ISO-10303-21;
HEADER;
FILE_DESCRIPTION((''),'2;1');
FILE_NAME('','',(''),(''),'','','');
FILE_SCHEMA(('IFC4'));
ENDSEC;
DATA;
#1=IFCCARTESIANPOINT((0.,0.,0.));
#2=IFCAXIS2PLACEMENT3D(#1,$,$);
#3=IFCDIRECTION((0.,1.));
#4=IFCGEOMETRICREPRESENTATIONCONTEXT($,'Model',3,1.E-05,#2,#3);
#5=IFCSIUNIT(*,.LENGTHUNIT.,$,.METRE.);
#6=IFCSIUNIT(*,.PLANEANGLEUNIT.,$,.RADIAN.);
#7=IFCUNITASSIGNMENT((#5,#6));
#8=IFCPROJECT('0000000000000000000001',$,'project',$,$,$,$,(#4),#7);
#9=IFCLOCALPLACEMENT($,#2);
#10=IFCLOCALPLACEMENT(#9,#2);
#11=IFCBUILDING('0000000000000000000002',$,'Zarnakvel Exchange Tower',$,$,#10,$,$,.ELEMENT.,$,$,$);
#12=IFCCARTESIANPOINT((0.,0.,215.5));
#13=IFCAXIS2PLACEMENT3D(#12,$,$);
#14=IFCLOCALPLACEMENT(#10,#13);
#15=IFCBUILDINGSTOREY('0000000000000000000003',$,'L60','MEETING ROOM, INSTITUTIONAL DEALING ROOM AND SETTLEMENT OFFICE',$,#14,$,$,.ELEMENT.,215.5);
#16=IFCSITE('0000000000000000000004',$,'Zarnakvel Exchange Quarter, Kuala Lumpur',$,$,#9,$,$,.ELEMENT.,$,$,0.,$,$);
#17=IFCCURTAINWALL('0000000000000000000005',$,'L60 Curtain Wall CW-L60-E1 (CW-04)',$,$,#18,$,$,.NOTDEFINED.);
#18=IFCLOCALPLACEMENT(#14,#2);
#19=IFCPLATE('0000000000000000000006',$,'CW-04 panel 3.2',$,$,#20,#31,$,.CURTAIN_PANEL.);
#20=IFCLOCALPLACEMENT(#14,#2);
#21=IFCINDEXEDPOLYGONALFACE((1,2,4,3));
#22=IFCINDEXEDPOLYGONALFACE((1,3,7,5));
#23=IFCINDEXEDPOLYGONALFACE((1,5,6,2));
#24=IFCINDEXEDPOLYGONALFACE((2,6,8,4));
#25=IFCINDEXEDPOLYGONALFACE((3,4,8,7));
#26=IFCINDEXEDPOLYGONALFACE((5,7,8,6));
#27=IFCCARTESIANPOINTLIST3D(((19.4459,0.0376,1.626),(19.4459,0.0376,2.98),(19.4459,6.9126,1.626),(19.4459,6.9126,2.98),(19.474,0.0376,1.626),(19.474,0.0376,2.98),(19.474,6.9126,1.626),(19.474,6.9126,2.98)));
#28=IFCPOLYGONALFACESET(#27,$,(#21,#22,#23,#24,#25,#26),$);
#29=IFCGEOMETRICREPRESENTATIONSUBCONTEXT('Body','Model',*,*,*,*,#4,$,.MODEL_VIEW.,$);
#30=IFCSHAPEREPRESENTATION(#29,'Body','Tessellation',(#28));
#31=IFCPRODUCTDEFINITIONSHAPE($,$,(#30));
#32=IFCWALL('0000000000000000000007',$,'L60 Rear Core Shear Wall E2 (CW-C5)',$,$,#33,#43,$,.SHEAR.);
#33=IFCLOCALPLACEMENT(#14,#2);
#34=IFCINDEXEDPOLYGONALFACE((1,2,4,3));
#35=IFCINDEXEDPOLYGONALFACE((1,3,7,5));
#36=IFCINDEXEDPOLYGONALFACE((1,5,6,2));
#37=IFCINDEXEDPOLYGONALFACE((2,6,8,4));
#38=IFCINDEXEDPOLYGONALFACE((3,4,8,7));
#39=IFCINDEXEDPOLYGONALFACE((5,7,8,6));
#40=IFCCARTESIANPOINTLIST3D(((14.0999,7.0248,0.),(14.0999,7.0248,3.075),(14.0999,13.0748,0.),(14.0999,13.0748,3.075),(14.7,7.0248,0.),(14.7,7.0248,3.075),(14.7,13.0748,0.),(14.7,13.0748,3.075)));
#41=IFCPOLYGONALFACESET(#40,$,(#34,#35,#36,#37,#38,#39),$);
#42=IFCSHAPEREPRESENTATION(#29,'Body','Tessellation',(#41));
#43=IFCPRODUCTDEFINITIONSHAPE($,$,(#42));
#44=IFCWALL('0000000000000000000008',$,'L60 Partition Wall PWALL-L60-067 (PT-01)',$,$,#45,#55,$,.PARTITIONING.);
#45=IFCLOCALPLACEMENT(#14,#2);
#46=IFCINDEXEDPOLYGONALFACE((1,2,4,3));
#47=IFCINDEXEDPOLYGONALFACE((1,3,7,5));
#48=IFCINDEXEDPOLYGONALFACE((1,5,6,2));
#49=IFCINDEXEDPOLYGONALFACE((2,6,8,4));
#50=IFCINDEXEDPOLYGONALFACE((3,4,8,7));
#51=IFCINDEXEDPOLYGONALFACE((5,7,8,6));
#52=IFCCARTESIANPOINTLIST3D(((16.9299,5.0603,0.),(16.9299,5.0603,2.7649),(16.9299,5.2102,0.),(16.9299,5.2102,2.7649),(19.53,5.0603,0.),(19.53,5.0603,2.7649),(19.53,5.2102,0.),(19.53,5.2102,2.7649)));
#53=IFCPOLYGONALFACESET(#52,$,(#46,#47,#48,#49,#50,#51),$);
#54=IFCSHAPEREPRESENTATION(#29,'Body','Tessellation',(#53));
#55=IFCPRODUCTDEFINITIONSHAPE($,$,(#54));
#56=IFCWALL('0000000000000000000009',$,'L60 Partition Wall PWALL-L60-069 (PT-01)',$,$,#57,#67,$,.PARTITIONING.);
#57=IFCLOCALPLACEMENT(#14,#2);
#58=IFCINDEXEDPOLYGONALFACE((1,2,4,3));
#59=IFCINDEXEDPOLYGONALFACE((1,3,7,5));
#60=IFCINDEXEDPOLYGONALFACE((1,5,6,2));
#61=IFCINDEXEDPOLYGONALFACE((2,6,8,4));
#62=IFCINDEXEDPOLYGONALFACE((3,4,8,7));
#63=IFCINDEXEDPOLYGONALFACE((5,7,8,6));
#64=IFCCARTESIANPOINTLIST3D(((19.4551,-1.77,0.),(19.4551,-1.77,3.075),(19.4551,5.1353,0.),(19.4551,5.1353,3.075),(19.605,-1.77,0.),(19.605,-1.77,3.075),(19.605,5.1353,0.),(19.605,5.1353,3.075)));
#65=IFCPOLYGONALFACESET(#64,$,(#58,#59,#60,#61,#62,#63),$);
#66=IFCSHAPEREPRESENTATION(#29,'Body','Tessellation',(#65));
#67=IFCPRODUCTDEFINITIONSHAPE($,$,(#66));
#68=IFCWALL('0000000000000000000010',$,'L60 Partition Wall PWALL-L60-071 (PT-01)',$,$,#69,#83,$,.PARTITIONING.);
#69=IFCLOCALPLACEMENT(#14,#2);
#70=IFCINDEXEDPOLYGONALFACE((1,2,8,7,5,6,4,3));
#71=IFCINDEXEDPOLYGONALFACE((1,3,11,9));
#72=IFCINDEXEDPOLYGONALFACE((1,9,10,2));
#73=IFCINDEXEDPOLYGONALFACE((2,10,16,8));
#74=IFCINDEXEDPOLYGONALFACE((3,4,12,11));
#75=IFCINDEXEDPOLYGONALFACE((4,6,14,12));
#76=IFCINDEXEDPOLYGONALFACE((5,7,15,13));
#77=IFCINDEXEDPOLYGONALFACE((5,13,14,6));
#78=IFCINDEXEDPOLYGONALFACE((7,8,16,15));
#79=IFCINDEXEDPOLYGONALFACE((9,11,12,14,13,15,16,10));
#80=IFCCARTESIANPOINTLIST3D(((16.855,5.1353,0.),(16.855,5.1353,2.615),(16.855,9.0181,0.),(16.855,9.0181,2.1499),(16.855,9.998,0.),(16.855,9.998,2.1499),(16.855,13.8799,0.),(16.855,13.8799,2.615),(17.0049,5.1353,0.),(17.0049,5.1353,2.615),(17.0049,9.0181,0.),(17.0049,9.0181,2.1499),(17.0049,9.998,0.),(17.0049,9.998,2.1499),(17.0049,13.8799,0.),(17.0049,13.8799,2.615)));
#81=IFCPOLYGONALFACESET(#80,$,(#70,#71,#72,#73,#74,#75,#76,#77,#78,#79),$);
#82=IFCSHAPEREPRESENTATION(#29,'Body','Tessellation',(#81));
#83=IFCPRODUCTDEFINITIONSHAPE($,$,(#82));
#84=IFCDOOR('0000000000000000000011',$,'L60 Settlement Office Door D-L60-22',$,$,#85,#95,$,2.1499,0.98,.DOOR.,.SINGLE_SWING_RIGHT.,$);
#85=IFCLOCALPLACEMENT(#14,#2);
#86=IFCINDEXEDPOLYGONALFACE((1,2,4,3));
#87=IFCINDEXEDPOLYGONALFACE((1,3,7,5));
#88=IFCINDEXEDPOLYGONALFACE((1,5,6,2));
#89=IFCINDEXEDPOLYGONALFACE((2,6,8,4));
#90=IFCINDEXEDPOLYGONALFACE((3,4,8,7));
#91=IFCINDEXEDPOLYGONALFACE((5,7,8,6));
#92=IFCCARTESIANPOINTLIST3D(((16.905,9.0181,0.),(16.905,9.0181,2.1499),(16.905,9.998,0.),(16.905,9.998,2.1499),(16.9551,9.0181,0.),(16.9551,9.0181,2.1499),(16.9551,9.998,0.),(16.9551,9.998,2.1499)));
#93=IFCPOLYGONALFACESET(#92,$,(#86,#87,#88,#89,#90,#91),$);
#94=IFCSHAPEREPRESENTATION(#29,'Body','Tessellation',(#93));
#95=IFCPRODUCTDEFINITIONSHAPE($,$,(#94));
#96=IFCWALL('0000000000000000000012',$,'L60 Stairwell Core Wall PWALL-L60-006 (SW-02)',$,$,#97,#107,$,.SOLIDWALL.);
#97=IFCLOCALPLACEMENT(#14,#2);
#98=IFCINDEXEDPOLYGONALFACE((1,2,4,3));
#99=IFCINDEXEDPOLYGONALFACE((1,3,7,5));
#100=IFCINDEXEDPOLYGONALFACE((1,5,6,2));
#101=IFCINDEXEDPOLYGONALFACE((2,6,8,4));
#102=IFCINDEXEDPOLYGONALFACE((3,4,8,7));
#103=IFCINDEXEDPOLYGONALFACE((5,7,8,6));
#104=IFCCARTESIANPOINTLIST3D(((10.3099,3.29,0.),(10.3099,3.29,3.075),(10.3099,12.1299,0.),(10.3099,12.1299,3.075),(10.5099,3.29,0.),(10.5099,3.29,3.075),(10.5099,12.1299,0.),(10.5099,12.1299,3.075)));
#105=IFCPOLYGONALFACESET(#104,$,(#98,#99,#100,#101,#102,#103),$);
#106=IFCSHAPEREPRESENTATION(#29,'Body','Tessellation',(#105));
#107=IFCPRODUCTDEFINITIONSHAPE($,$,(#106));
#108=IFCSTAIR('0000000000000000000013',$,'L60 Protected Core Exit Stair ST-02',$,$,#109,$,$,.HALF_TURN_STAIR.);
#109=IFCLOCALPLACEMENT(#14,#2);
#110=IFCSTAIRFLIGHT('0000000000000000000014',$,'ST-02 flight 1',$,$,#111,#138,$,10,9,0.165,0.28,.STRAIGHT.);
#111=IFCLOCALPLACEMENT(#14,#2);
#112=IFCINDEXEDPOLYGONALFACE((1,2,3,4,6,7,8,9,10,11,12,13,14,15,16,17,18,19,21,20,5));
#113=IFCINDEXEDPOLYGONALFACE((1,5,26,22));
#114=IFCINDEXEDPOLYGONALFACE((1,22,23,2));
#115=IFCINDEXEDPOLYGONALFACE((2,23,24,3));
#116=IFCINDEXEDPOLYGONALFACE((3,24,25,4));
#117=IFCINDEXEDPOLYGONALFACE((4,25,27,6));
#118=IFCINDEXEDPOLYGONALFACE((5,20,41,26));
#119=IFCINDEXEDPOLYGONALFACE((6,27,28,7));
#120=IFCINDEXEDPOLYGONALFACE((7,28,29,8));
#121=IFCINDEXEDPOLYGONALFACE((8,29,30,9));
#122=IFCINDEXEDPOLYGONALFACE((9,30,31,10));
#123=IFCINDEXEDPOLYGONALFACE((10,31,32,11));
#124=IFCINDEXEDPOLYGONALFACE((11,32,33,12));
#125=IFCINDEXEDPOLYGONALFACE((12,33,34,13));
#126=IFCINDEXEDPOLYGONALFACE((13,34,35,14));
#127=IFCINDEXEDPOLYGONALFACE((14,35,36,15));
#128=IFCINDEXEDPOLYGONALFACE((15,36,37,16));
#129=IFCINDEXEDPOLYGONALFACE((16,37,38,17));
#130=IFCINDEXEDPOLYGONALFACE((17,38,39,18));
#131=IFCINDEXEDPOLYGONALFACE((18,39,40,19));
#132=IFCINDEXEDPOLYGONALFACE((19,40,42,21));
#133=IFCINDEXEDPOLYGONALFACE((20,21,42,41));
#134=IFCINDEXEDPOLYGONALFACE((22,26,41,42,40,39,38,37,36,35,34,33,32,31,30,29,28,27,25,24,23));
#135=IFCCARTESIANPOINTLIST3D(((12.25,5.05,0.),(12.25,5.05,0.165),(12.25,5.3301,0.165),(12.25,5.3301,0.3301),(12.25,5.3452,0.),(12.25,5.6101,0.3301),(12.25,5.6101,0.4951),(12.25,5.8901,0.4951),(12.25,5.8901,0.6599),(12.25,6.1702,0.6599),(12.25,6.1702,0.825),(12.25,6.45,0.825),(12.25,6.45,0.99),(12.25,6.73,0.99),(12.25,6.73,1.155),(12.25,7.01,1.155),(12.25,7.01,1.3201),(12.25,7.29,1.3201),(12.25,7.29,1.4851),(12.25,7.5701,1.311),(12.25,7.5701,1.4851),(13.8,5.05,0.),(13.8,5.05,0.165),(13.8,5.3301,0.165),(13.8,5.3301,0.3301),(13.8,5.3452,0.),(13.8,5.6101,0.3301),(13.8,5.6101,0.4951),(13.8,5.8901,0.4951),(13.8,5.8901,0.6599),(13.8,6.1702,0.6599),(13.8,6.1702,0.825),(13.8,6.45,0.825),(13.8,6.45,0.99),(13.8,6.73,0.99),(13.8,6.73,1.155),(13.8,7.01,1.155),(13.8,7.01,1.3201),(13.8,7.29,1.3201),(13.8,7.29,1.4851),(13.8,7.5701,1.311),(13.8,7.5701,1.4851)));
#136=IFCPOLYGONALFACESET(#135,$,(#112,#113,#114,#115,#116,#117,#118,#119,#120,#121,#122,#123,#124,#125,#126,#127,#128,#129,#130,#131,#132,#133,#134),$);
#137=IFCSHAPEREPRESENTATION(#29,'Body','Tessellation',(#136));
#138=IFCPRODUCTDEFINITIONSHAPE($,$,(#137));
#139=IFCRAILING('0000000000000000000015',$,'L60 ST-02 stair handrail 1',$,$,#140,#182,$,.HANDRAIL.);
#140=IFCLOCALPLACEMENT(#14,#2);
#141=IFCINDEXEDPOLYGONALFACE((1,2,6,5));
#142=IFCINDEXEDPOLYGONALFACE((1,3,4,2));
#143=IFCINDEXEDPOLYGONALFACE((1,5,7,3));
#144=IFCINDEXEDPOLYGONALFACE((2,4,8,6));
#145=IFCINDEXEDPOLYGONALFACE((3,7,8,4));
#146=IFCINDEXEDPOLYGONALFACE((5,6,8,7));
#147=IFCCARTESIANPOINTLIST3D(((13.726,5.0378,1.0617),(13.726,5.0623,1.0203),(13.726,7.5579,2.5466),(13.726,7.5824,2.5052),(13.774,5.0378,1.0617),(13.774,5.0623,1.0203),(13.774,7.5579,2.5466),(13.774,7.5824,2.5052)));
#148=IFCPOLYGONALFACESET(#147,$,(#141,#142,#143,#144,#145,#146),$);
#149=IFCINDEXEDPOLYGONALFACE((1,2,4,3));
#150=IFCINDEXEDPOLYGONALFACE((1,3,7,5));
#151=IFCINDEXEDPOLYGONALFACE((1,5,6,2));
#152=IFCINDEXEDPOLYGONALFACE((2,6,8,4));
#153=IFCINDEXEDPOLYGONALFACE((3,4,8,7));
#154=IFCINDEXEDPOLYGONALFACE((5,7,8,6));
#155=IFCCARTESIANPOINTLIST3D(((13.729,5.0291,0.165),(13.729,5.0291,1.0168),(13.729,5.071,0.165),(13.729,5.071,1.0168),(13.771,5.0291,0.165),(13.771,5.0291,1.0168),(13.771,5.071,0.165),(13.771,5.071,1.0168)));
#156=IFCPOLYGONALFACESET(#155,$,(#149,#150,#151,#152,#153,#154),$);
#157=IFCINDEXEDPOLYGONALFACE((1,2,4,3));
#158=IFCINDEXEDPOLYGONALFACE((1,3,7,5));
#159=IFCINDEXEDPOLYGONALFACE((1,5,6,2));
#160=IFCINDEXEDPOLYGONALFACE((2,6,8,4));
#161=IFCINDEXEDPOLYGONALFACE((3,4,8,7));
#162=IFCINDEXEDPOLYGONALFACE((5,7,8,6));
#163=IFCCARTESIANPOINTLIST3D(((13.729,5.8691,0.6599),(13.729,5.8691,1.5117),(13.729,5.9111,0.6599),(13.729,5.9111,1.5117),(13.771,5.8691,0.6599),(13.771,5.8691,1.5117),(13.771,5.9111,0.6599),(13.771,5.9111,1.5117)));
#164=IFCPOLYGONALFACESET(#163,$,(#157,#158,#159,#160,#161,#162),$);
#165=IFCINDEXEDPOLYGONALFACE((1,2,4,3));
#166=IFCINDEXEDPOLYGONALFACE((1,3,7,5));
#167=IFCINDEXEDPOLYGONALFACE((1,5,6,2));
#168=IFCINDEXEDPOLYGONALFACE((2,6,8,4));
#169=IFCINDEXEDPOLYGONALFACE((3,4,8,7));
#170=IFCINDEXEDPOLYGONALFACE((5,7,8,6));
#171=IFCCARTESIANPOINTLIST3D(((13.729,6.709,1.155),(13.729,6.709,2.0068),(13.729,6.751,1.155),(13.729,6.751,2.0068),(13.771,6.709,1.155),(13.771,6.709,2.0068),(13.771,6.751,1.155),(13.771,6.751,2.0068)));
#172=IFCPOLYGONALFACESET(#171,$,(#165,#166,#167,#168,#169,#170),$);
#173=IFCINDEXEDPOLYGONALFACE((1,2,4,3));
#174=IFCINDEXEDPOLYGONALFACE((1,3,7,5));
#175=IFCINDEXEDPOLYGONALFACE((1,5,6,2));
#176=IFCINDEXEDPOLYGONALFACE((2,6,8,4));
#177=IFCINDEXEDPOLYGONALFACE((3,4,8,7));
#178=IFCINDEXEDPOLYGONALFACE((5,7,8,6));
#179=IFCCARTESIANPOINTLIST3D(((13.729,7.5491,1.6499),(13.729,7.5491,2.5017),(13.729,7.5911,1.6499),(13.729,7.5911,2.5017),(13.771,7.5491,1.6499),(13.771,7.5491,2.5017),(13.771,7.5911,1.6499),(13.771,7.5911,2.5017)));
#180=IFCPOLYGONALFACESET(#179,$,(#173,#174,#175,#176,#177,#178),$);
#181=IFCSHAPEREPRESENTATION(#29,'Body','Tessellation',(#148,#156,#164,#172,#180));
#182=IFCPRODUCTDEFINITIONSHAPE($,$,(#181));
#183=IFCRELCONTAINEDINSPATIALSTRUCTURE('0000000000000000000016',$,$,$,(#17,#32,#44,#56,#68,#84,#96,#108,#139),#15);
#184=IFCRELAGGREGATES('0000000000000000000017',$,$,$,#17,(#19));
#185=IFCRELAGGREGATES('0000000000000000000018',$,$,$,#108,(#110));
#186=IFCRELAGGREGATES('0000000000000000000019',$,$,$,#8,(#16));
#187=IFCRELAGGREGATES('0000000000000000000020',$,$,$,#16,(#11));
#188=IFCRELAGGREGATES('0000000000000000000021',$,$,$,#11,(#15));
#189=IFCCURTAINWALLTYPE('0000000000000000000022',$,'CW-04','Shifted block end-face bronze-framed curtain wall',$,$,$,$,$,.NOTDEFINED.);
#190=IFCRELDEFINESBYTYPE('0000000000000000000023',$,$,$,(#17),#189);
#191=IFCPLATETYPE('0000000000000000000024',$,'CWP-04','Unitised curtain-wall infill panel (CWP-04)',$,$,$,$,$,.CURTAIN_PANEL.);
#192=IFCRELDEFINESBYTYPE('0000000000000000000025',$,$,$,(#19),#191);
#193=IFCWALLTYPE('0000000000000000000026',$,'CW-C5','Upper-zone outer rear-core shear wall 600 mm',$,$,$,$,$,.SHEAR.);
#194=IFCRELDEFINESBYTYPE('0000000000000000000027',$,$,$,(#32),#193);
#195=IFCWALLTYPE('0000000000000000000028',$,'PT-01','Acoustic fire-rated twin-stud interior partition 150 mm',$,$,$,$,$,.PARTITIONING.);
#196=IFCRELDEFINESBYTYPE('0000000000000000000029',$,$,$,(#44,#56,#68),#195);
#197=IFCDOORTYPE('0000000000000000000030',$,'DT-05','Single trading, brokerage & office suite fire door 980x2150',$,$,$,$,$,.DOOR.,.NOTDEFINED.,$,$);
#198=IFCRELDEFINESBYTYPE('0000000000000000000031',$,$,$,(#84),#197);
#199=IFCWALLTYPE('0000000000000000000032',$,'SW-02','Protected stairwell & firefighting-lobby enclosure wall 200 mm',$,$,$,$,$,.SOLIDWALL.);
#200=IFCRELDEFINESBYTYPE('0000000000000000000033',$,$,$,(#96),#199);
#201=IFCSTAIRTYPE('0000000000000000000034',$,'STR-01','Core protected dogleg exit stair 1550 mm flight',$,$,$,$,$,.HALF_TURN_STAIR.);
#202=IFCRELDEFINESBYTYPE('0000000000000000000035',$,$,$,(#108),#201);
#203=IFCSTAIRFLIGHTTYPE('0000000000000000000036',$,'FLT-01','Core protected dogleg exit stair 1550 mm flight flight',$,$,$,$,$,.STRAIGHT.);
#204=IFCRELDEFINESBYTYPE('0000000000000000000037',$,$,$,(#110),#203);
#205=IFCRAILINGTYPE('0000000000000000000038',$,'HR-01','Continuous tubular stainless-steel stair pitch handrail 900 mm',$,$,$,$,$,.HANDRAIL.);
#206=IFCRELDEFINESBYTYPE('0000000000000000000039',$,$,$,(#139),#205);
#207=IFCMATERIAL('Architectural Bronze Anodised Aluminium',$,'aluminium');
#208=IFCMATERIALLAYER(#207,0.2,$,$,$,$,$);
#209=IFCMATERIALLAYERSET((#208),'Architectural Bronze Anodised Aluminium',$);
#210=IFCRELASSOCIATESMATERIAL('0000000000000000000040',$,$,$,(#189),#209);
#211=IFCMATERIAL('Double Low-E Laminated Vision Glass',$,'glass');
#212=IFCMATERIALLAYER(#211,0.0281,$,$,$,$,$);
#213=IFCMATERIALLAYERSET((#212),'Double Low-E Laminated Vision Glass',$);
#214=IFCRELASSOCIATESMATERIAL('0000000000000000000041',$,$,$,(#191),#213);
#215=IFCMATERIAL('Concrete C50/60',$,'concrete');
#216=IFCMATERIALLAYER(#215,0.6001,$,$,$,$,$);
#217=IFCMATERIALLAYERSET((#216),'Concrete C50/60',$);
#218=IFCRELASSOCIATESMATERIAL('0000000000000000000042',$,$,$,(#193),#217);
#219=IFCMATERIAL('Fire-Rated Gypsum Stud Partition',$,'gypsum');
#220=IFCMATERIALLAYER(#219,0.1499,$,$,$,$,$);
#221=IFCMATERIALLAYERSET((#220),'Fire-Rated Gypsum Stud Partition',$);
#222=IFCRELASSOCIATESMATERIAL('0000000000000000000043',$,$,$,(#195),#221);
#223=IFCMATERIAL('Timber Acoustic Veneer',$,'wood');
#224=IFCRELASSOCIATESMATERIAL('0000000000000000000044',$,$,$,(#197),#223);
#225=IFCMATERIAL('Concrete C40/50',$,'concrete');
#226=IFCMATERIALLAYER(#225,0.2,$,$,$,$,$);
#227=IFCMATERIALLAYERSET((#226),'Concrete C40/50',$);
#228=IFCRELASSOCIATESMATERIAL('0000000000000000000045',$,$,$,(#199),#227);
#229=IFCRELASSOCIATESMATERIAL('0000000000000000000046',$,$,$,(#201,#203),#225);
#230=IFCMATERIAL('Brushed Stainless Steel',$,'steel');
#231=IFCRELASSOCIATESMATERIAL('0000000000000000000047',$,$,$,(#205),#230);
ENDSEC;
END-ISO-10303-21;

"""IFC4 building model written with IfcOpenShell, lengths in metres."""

from ifc_helpers import new_model, si_unit, direction, frame, frame_2d, origin, origin_2d, place, context, subcontext, project, spatial, polyline, rectangle, outline, extrude, source, transform, mapped, material, layer, layer_set, type_object, element, fill, aggregate, save


model = new_model("IFC4")

# Units and contexts
model_context = context("Model", 3, precision=1e-05, world=origin(), true_north=direction((0.0, 1.0)))
body_context = subcontext(model_context, "Body", "Model", "MODEL_VIEW")
ifc_project = project(units=[si_unit("LENGTHUNIT", "METRE"), si_unit("PLANEANGLEUNIT", "RADIAN")], contexts=[model_context])

# Site, building, storey
site_placement = place(None, origin())
site = spatial("IfcSite", under=ifc_project, at=site_placement, Name="Zarnakvel Exchange Quarter, Kuala Lumpur", CompositionType="ELEMENT", RefElevation=0.0)
building_placement = place(site_placement, origin())
building = spatial("IfcBuilding", under=site, at=building_placement, Name="Zarnakvel Exchange Tower", CompositionType="ELEMENT")
storey_placement = place(building_placement, frame((0.0, 0.0, 215.5)))
storey = spatial("IfcBuildingStorey", under=building, at=storey_placement, Name="L60", Description="MEETING ROOM, INSTITUTIONAL DEALING ROOM AND SETTLEMENT OFFICE", CompositionType="ELEMENT", Elevation=215.5)

# Shared definitions
ifc_material_1 = material(Name="Concrete C50/60", Category="concrete")

# Curtain wall, plate
ifc_material_2 = material(Name="Architectural Bronze Anodised Aluminium", Category="aluminium")
ifc_layer_1 = layer(ifc_material_2, 0.2)
ifc_layer_set_1 = layer_set([ifc_layer_1], Name="Architectural Bronze Anodised Aluminium")
curtain_wall_type = type_object("IfcCurtainWallType", Name="CW-04", Description="Shifted block end-face bronze-framed curtain wall", PredefinedType="NOTDEFINED", material=ifc_layer_set_1)
curtain_wall_placement = place(storey_placement, origin())
curtain_wall = element("IfcCurtainWall", 1, at=curtain_wall_placement, inside=storey, type_object=curtain_wall_type, Name="L60 Curtain Wall CW-L60-E1 (CW-04)", PredefinedType="NOTDEFINED")
ifc_material_3 = material(Name="Double Low-E Laminated Vision Glass", Category="glass")
ifc_layer_2 = layer(ifc_material_3, 0.0281)
ifc_layer_set_2 = layer_set([ifc_layer_2], Name="Double Low-E Laminated Vision Glass")
plate_type = type_object("IfcPlateType", Name="CWP-04", Description="Unitised curtain-wall infill panel (CWP-04)", PredefinedType="CURTAIN_PANEL", material=ifc_layer_set_2)
shared_shape_1 = source(origin(), body_context, "Body", "SweptSolid", [
    extrude(rectangle(XDim=6.875, YDim=0.0281, at=origin_2d()), origin(), (0.0, 0.0, 1.0), 1.354),
])
plate_1_placement = place(storey_placement, frame((19.46, 3.4751, 1.626), z_axis=(0.0, 0.0, 1.0), x_axis=(0.0, 1.0, 0.0)))
plate_1 = element("IfcPlate", 2, at=plate_1_placement, type_object=plate_type, Name="CW-04 panel 3.2", PredefinedType="CURTAIN_PANEL", context=body_context, shape_type="MappedRepresentation", body=[
    mapped(shared_shape_1, transform((0.0, 0.0, 0.0), x_axis=(1.0, 0.0, 0.0), y_axis=(0.0, 1.0, 0.0), z_axis=(0.0, 0.0, 1.0), scale=1.0)),
])
aggregate(curtain_wall, [plate_1])

# Walls
ifc_layer_3 = layer(ifc_material_1, 0.6001)
ifc_layer_set_3 = layer_set([ifc_layer_3], Name="Concrete C50/60")
wall_type_1 = type_object("IfcWallType", Name="CW-C5", Description="Upper-zone outer rear-core shear wall 600 mm", PredefinedType="SHEAR", material=ifc_layer_set_3)
wall_1_placement = place(storey_placement, frame((14.3999, 7.0249, 0.0), z_axis=(0.0, 0.0, 1.0), x_axis=(0.0, 1.0, 0.0)))
element("IfcWall", 3, at=wall_1_placement, inside=storey, type_object=wall_type_1, Name="L60 Rear Core Shear Wall E2 (CW-C5)", PredefinedType="SHEAR", context=body_context, shape_type="SweptSolid", body=[
    extrude(rectangle(XDim=6.05, YDim=0.6001, at=frame_2d((3.0249, 0.0))), origin(), (0.0, 0.0, 1.0), 3.075),
])
ifc_material_4 = material(Name="Fire-Rated Gypsum Stud Partition", Category="gypsum")
ifc_layer_4 = layer(ifc_material_4, 0.1499)
ifc_layer_set_4 = layer_set([ifc_layer_4], Name="Fire-Rated Gypsum Stud Partition")
wall_type_2 = type_object("IfcWallType", Name="PT-01", Description="Acoustic fire-rated twin-stud interior partition 150 mm", PredefinedType="PARTITIONING", material=ifc_layer_set_4)
wall_2_placement = place(storey_placement, frame((16.9299, 5.1353, 0.0), z_axis=(0.0, 0.0, 1.0), x_axis=(1.0, 0.0, 0.0)))
element("IfcWall", 4, at=wall_2_placement, inside=storey, type_object=wall_type_2, Name="L60 Partition Wall PWALL-L60-067 (PT-01)", PredefinedType="PARTITIONING", context=body_context, shape_type="SweptSolid", body=[
    extrude(rectangle(XDim=2.6001, YDim=0.1499, at=frame_2d((1.3, 0.0))), origin(), (0.0, 0.0, 1.0), 2.7649),
])
wall_3_placement = place(storey_placement, frame((19.53, 5.1353, 0.0), z_axis=(0.0, 0.0, 1.0), x_axis=(0.0, -1.0, 0.0)))
element("IfcWall", 5, at=wall_3_placement, inside=storey, type_object=wall_type_2, Name="L60 Partition Wall PWALL-L60-069 (PT-01)", PredefinedType="PARTITIONING", context=body_context, shape_type="SweptSolid", body=[
    extrude(rectangle(XDim=6.9053, YDim=0.1499, at=frame_2d((3.4526, 0.0))), origin(), (0.0, 0.0, 1.0), 3.075),
])

# Wall, opening, door
wall_4_placement = place(storey_placement, frame((16.9299, 5.1353, 0.0), z_axis=(0.0, 0.0, 1.0), x_axis=(0.0, 1.0, 0.0)))
wall_4 = element("IfcWall", 6, at=wall_4_placement, inside=storey, type_object=wall_type_2, Name="L60 Partition Wall PWALL-L60-071 (PT-01)", PredefinedType="PARTITIONING", context=body_context, shape_type="SweptSolid", body=[
    extrude(rectangle(XDim=8.7446, YDim=0.1499, at=frame_2d((4.3723, 0.0))), origin(), (0.0, 0.0, 1.0), 2.615),
])
opening_1_placement = place(wall_4_placement, frame((3.8828, 0.0, 0.0)))
opening_1 = element("IfcOpeningElement", 7, at=opening_1_placement, cuts=wall_4, PredefinedType="OPENING", context=body_context, shape_type="SweptSolid", body=[
    extrude(rectangle(XDim=0.98, YDim=2.1499, at=frame_2d((0.49, 1.075))), frame((0.0, 0.085, 0.0), z_axis=(0.0, -1.0, 0.0), x_axis=(1.0, 0.0, 0.0)), (0.0, 0.0, 1.0), 0.1699),
])
ifc_material_5 = material(Name="Timber Acoustic Veneer", Category="wood")
door_type_1 = type_object("IfcDoorType", Name="DT-05", Description="Single trading, brokerage & office suite fire door 980x2150", OperationType="NOTDEFINED", PredefinedType="DOOR", material=ifc_material_5)
shared_shape_2 = source(origin(), body_context, "Body", "SweptSolid", [
    extrude(rectangle(XDim=0.98, YDim=2.1499, at=frame_2d((0.49, 1.075))), frame((0.0, 0.0249, 0.0), z_axis=(0.0, -1.0, 0.0), x_axis=(1.0, 0.0, 0.0)), (0.0, 0.0, 1.0), 0.05),
])
door_1_placement = place(opening_1_placement, origin())
door_1 = element("IfcDoor", 8, at=door_1_placement, inside=storey, type_object=door_type_1, Name="L60 Settlement Office Door D-L60-22", OperationType="SINGLE_SWING_RIGHT", OverallHeight=2.1499, OverallWidth=0.98, PredefinedType="DOOR", context=body_context, shape_type="MappedRepresentation", body=[
    mapped(shared_shape_2, transform((0.0, 0.0, 0.0), x_axis=(1.0, 0.0, 0.0), y_axis=(0.0, 1.0, 0.0), z_axis=(0.0, 0.0, 1.0), scale=1.0)),
])
fill(opening_1, door_1)
ifc_material_6 = material(Name="Concrete C40/50", Category="concrete")
ifc_layer_5 = layer(ifc_material_6, 0.2)
ifc_layer_set_5 = layer_set([ifc_layer_5], Name="Concrete C40/50")
wall_type_3 = type_object("IfcWallType", Name="SW-02", Description="Protected stairwell & firefighting-lobby enclosure wall 200 mm", PredefinedType="SOLIDWALL", material=ifc_layer_set_5)

# Wall
wall_5_placement = place(storey_placement, frame((10.4099, 3.29, 0.0), z_axis=(0.0, 0.0, 1.0), x_axis=(0.0, 1.0, 0.0)))
element("IfcWall", 9, at=wall_5_placement, inside=storey, type_object=wall_type_3, Name="L60 Stairwell Core Wall PWALL-L60-006 (SW-02)", PredefinedType="SOLIDWALL", context=body_context, shape_type="SweptSolid", body=[
    extrude(rectangle(XDim=8.8398, YDim=0.2, at=frame_2d((4.4199, 0.0))), origin(), (0.0, 0.0, 1.0), 3.075),
])

# Stair, stair flight
stair_type = type_object("IfcStairType", Name="STR-01", Description="Core protected dogleg exit stair 1550 mm flight", PredefinedType="HALF_TURN_STAIR", material=ifc_material_6)
stair_placement = place(storey_placement, origin())
stair = element("IfcStair", 10, at=stair_placement, inside=storey, type_object=stair_type, Name="L60 Protected Core Exit Stair ST-02", PredefinedType="HALF_TURN_STAIR")
stair_flight_type = type_object("IfcStairFlightType", Name="FLT-01", Description="Core protected dogleg exit stair 1550 mm flight flight", PredefinedType="STRAIGHT", material=ifc_material_6)
stair_flight_placement = place(storey_placement, frame((13.0249, 5.05, 0.0), z_axis=(0.0, 0.0, 1.0), x_axis=(0.0, 1.0, 0.0)))
stair_flight = element("IfcStairFlight", 11, at=stair_flight_placement, type_object=stair_flight_type, Name="ST-02 flight 1", NumberOfRisers=10, NumberOfTreads=9, PredefinedType="STRAIGHT", RiserHeight=0.165, TreadLength=0.28, context=body_context, shape_type="SweptSolid", body=[
    extrude(outline(polyline([(0.0, 0.0), (0.0, 0.165), (0.28, 0.165), (0.28, 0.3301), (0.5601, 0.3301), (0.5601, 0.4951), (0.8401, 0.4951), (0.8401, 0.6599), (1.1201, 0.6599), (1.1201, 0.825), (1.3999, 0.825), (1.3999, 0.99), (1.6799, 0.99), (1.6799, 1.155), (1.96, 1.155), (1.96, 1.3201), (2.24, 1.3201), (2.24, 1.4851), (2.52, 1.4851), (2.52, 1.6499), (2.52, 1.311), (0.2952, 0.0), (0.0, 0.0)])), frame((0.0, 0.7749, 0.0), z_axis=(0.0, -1.0, 0.0), x_axis=(1.0, 0.0, 0.0)), (0.0, 0.0, 1.0), 1.55),
])
aggregate(stair, [stair_flight])

# Railing
ifc_material_7 = material(Name="Brushed Stainless Steel", Category="steel")
railing_type_1 = type_object("IfcRailingType", Name="HR-01", Description="Continuous tubular stainless-steel stair pitch handrail 900 mm", PredefinedType="HANDRAIL", material=ifc_material_7)
railing_1_placement = place(storey_placement, frame((13.75, 5.05, 0.165)))
element("IfcRailing", 12, at=railing_1_placement, inside=storey, type_object=railing_type_1, Name="L60 ST-02 stair handrail 1", PredefinedType="HANDRAIL", context=body_context, shape_type="SweptSolid", body=[
    extrude(rectangle(XDim=0.0481, YDim=0.0481, at=origin_2d()), frame((0.0, 0.0, 0.876), z_axis=(0.0, 0.861561, 0.507655), x_axis=(-1.0, 0.0, 0.0)), (0.0, 0.0, 1.0), 2.925),
    extrude(rectangle(XDim=0.042, YDim=0.042, at=origin_2d()), origin(), (0.0, 0.0, 1.0), 0.8518),
    extrude(rectangle(XDim=0.042, YDim=0.042, at=origin_2d()), frame((0.0, 0.8401, 0.4949)), (0.0, 0.0, 1.0), 0.8518),
    extrude(rectangle(XDim=0.042, YDim=0.042, at=origin_2d()), frame((0.0, 1.6799, 0.99)), (0.0, 0.0, 1.0), 0.8518),
    extrude(rectangle(XDim=0.042, YDim=0.042, at=origin_2d()), frame((0.0, 2.52, 1.4849)), (0.0, 0.0, 1.0), 0.8518),
])

save(model, "model.ifc")
